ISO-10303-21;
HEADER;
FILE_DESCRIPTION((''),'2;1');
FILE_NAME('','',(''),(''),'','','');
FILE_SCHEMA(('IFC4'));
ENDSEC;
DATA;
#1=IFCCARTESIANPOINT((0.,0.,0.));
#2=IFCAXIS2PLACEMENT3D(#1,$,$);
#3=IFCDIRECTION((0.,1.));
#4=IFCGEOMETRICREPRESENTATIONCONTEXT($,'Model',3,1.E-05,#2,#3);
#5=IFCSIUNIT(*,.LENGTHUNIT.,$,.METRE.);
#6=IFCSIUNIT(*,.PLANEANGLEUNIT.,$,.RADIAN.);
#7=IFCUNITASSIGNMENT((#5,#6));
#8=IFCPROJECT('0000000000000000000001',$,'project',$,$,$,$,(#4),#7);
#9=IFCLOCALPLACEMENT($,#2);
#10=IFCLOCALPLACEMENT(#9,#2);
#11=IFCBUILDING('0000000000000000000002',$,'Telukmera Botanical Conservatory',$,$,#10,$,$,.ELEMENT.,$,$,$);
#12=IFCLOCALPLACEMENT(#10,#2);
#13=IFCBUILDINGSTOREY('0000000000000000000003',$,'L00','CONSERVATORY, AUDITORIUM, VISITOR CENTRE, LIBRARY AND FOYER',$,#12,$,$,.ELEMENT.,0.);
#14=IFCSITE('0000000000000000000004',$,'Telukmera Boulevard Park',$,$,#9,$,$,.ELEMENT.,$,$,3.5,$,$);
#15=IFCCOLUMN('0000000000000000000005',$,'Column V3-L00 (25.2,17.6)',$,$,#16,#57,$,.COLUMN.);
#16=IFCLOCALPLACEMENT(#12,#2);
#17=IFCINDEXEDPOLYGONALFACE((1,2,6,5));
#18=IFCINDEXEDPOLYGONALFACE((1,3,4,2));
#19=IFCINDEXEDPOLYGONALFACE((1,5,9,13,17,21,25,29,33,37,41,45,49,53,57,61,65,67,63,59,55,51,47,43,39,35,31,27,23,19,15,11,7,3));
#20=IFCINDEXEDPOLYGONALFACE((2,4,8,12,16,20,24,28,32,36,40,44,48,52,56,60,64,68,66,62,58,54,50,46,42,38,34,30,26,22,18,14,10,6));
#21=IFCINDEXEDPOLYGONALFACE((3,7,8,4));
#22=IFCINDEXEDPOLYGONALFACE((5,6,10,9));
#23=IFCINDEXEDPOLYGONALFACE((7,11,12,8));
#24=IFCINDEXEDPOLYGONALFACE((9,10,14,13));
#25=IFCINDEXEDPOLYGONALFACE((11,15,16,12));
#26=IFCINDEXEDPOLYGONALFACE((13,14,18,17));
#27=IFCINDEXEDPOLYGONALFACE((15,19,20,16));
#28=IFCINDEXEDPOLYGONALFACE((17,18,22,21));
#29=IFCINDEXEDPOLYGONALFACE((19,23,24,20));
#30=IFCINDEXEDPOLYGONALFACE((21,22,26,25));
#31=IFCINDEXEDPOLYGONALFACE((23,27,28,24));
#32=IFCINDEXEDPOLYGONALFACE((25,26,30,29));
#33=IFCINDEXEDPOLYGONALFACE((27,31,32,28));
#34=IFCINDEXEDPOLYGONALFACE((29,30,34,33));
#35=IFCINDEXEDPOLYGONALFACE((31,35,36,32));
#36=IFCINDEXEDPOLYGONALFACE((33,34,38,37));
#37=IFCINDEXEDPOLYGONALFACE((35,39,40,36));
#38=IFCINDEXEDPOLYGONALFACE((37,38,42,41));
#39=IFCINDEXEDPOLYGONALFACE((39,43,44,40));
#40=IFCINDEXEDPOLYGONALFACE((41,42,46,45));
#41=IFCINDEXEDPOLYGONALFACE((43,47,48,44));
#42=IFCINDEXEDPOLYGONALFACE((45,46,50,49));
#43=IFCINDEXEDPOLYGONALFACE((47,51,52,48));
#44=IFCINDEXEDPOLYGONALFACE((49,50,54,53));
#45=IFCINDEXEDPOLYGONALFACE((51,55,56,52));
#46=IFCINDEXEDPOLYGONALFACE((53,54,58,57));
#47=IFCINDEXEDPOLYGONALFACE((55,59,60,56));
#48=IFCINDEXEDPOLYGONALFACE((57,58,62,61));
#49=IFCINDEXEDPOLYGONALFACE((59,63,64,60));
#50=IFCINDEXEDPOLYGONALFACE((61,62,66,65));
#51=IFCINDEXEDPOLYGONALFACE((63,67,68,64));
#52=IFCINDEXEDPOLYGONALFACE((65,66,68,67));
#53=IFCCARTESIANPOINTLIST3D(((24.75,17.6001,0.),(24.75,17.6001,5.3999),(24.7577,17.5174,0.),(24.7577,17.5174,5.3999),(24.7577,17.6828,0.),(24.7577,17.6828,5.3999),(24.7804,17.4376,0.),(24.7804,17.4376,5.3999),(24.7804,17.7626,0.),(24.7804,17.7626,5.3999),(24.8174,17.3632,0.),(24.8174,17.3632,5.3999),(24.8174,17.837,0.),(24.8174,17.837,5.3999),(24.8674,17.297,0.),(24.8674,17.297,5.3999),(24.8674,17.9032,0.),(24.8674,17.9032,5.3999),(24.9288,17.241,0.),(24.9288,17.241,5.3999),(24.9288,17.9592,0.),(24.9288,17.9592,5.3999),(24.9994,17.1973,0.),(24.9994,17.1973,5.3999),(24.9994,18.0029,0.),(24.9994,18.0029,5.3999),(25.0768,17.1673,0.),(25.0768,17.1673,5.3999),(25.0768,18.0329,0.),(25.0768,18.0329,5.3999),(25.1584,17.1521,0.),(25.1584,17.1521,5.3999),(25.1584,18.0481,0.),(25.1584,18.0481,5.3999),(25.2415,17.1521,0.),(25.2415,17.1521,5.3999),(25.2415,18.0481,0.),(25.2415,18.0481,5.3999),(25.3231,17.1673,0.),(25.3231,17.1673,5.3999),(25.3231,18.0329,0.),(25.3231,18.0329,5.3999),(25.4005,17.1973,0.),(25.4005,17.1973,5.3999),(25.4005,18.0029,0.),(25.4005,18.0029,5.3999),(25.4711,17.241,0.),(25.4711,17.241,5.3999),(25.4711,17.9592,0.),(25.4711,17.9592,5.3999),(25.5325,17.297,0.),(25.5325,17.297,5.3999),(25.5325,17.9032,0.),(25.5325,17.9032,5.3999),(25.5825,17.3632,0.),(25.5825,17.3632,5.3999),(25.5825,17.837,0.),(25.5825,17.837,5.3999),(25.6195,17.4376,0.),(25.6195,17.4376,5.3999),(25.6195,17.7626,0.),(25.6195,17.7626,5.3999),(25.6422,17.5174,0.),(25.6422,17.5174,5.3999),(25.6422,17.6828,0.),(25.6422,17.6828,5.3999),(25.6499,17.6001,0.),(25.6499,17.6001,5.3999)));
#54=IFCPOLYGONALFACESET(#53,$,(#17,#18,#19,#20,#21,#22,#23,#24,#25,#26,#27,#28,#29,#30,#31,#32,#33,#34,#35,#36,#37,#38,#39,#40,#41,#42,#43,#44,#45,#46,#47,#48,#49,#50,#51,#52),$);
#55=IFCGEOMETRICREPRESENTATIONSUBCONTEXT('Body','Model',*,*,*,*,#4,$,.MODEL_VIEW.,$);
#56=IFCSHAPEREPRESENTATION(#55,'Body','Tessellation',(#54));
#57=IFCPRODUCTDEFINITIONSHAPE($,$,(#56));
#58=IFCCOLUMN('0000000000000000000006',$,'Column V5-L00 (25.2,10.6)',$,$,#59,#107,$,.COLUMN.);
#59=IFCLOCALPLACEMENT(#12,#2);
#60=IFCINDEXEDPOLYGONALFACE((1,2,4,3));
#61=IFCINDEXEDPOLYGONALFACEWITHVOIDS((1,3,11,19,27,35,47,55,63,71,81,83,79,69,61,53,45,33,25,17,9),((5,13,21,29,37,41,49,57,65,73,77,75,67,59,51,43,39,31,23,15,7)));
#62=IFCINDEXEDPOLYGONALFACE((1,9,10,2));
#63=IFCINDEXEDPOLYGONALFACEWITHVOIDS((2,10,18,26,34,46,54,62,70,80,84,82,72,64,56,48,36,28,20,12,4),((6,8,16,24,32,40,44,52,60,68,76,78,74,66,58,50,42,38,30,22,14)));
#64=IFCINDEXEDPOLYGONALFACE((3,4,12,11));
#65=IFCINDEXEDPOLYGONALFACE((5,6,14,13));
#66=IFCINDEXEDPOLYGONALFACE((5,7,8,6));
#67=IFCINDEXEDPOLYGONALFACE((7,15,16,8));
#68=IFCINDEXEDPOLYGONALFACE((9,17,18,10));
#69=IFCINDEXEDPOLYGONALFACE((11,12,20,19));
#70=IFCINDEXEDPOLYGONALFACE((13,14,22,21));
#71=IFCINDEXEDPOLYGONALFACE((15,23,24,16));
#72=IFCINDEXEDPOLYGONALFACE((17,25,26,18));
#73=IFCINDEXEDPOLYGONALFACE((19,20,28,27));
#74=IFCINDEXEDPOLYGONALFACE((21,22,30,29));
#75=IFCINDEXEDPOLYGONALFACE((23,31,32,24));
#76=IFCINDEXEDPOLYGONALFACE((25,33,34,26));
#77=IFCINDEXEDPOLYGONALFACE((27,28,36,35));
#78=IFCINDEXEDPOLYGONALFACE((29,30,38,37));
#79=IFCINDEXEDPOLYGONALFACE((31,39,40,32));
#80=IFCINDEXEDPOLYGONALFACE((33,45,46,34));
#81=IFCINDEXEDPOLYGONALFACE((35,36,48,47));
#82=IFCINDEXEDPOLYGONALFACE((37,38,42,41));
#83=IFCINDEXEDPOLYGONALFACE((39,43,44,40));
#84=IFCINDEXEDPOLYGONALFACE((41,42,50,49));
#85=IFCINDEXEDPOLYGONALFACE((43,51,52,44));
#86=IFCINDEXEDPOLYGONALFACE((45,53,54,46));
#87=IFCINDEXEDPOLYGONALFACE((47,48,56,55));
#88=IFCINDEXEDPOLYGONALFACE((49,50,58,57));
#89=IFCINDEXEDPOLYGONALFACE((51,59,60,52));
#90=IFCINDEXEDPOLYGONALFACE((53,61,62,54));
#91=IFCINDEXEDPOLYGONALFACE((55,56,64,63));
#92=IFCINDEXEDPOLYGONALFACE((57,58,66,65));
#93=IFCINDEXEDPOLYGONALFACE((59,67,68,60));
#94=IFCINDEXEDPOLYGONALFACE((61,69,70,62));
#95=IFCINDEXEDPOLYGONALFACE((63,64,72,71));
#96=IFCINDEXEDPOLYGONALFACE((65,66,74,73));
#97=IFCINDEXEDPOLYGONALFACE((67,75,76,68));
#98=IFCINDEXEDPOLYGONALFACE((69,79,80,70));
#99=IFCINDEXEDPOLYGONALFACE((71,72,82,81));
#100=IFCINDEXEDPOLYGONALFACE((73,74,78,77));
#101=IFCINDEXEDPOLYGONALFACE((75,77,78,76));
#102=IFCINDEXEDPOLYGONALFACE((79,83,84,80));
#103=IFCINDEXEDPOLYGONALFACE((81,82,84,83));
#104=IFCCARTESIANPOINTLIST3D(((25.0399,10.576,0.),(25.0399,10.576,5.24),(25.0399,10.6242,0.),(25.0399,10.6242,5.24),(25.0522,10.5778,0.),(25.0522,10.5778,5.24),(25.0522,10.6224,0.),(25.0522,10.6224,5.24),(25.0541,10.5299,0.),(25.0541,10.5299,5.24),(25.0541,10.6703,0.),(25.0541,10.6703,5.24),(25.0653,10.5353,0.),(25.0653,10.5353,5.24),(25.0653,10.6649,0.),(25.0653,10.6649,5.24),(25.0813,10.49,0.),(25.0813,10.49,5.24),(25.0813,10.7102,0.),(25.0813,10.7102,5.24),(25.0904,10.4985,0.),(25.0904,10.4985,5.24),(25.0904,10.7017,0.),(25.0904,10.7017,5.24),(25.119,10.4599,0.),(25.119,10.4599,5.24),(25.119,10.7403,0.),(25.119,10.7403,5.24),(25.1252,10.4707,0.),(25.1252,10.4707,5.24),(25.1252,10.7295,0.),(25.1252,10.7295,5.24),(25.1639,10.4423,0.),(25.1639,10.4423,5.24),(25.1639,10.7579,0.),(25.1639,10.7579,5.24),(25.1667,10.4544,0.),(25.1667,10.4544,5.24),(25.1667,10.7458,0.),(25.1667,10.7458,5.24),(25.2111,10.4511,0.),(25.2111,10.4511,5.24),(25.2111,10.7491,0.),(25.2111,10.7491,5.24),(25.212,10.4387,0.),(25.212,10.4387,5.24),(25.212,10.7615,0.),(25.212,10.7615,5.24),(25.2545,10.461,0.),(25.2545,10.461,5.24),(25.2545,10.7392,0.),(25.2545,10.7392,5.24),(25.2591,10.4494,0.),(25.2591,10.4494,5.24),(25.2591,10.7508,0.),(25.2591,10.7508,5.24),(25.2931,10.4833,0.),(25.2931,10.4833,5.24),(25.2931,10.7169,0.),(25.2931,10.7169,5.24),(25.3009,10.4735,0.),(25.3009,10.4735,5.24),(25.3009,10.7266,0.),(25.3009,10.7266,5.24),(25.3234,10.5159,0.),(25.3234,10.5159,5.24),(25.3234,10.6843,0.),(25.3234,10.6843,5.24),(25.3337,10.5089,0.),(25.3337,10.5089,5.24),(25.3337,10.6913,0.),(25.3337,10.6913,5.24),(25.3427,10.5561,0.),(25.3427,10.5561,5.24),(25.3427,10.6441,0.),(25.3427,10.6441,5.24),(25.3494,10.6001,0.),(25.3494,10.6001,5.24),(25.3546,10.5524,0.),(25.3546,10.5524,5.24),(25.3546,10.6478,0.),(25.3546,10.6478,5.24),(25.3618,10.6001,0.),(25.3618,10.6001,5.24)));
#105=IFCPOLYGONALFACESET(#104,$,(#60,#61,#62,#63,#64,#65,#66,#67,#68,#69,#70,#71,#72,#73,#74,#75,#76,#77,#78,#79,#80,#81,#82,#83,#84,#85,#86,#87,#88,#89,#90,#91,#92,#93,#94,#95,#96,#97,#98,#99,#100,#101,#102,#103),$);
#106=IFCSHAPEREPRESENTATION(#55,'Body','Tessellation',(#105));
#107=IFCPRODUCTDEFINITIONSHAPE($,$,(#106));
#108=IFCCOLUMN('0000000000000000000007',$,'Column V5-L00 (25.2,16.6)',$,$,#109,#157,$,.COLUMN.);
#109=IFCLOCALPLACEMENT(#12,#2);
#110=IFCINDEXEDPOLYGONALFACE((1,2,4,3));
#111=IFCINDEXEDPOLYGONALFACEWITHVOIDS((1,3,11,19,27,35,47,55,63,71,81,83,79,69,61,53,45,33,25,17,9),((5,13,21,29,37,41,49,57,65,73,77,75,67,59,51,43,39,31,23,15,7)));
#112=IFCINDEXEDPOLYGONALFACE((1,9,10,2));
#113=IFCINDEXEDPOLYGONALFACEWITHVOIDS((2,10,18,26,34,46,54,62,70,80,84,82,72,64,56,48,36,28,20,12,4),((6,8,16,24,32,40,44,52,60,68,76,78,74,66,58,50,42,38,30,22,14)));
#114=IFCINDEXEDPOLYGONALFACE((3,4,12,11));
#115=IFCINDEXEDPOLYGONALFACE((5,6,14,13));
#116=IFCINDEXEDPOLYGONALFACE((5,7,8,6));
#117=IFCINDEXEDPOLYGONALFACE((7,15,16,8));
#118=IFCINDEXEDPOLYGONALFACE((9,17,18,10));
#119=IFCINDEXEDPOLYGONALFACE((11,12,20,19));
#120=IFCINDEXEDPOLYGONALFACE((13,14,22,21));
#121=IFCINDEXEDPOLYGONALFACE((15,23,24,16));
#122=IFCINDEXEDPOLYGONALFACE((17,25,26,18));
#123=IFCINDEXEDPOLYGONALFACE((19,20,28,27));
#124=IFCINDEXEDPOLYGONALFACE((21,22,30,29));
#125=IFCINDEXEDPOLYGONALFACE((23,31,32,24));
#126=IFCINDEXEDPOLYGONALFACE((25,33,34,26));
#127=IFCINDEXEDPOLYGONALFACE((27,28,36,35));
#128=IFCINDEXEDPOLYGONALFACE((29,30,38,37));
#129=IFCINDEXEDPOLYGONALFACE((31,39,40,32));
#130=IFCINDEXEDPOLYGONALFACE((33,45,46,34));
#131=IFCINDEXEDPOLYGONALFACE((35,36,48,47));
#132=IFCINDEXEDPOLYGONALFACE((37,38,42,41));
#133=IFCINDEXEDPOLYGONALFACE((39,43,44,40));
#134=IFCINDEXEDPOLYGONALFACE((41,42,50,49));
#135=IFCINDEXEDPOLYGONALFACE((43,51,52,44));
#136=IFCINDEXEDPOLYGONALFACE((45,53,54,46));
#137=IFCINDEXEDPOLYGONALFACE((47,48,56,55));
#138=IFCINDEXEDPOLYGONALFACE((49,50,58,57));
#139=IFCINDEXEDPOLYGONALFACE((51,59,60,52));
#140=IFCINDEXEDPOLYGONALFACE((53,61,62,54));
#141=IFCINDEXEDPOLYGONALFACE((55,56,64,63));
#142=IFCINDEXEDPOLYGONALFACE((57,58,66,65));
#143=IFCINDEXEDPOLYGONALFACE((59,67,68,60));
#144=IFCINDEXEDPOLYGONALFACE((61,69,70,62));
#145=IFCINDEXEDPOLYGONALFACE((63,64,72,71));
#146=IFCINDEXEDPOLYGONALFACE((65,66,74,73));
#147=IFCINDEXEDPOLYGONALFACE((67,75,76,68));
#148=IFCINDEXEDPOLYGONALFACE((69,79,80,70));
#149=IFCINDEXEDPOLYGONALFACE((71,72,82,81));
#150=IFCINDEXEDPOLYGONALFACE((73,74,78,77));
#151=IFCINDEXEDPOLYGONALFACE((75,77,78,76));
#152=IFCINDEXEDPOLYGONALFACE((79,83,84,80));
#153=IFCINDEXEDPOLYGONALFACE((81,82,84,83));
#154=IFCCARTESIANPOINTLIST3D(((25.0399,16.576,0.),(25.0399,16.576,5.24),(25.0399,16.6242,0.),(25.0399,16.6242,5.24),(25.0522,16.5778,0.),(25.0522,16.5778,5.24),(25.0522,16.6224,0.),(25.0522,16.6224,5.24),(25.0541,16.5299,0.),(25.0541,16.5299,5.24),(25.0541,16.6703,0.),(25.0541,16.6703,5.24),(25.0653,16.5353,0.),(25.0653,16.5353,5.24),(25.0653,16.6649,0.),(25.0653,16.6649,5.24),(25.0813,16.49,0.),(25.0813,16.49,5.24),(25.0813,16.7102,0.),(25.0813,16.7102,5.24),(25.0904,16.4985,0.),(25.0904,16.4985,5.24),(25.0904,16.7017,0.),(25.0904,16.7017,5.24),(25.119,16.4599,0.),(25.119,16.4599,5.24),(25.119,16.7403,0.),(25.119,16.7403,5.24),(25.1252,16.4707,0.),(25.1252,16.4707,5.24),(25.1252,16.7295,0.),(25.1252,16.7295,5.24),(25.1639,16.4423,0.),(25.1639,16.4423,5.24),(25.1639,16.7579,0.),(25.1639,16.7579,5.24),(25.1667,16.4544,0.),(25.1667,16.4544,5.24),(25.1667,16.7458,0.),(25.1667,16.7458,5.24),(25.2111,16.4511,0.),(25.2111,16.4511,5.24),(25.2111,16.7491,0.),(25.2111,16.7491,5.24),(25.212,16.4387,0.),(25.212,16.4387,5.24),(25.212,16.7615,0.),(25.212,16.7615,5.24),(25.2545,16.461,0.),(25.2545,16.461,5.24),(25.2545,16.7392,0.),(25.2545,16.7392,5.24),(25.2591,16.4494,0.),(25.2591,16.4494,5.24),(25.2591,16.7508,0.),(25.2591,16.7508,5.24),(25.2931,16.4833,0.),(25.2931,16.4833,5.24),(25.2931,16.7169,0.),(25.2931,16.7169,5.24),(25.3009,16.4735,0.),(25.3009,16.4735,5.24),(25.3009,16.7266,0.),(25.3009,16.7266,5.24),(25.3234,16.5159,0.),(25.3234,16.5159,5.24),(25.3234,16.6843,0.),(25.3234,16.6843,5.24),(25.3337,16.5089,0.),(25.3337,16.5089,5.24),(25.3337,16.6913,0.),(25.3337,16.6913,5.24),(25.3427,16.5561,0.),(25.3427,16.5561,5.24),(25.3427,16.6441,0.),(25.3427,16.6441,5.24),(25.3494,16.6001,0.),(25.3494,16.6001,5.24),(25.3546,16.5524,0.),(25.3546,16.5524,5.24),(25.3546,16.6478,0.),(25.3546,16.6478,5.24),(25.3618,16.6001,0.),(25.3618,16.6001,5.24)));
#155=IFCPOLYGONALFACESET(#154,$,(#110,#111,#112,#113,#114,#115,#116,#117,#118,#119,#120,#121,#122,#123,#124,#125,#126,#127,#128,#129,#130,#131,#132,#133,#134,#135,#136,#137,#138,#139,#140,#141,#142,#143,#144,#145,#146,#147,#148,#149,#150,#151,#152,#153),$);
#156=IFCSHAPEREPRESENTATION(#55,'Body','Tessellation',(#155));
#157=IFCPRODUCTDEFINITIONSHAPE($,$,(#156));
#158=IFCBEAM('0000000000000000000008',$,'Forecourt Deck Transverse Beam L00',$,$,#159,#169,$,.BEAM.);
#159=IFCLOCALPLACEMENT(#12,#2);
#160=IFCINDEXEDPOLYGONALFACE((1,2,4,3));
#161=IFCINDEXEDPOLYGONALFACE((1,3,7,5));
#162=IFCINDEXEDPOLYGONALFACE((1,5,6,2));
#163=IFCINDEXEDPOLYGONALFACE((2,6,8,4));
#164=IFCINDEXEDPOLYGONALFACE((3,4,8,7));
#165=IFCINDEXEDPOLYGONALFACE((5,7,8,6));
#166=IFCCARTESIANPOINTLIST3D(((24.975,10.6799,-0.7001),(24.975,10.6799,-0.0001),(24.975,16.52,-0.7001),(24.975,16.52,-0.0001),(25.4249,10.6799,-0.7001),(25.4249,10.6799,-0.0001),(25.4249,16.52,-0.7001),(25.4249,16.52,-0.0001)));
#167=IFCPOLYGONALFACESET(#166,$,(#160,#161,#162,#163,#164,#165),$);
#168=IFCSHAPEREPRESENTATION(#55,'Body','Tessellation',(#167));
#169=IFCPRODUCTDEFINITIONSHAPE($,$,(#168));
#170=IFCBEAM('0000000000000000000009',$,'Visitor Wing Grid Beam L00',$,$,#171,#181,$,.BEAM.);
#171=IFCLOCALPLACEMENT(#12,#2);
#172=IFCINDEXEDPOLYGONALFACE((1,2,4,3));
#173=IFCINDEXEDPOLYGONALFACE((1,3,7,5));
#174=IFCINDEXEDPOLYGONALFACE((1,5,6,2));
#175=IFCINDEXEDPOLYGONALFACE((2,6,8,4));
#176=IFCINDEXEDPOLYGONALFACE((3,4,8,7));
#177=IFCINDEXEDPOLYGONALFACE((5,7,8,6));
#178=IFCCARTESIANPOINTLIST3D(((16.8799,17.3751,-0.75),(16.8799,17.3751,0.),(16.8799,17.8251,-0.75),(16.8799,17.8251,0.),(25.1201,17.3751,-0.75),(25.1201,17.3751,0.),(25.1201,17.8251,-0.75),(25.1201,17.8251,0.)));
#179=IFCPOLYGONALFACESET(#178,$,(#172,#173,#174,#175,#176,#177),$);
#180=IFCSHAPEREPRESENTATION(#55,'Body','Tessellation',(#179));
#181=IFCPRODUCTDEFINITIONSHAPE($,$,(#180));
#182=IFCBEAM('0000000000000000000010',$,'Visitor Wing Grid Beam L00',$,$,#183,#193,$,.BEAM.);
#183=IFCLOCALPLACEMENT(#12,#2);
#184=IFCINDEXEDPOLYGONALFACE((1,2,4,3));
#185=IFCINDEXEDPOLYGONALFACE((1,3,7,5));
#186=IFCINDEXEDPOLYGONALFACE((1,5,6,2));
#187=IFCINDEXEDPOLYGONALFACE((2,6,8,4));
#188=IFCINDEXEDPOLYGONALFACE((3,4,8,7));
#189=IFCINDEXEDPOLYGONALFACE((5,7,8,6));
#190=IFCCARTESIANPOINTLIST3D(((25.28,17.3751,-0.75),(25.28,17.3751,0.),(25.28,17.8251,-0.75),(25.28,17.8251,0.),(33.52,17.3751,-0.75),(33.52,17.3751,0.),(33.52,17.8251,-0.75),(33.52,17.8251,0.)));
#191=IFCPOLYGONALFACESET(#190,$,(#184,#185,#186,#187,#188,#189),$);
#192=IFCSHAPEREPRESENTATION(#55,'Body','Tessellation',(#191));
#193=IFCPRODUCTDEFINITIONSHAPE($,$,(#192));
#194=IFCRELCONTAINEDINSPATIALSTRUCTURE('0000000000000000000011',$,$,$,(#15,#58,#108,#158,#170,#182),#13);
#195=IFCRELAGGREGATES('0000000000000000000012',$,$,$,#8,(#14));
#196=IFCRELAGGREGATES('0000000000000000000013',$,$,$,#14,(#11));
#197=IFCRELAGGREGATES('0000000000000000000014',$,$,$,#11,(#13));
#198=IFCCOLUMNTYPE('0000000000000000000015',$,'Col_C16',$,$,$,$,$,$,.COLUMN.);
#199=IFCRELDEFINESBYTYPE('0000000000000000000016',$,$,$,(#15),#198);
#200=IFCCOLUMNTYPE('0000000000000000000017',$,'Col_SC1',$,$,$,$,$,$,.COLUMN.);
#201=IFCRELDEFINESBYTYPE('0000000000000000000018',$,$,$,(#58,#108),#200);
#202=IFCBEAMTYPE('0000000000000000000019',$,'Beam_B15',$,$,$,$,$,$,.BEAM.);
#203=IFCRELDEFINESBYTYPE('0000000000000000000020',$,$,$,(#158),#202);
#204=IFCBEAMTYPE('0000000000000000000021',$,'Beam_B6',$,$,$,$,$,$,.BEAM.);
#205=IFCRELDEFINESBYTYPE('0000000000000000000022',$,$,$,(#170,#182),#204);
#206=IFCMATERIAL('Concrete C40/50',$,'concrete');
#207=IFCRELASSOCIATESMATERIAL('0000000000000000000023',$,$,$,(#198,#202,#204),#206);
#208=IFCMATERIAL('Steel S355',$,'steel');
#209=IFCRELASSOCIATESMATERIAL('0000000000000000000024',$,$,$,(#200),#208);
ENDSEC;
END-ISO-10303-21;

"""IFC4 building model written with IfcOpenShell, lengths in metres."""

from ifc_helpers import new_model, si_unit, direction, frame, origin, origin_2d, place, context, subcontext, project, spatial, rectangle, circle, hollow_circle, extrude, material, material_profile, profile_set, type_object, element, save


model = new_model("IFC4")

# Units and contexts
model_context = context("Model", 3, precision=1e-05, world=origin(), true_north=direction((0.0, 1.0)))
body_context = subcontext(model_context, "Body", "Model", "MODEL_VIEW")
ifc_project = project(units=[si_unit("LENGTHUNIT", "METRE"), si_unit("PLANEANGLEUNIT", "RADIAN")], contexts=[model_context])

# Site, building, storey
site_placement = place(None, origin())
site = spatial("IfcSite", under=ifc_project, at=site_placement, Name="Telukmera Boulevard Park", CompositionType="ELEMENT", RefElevation=3.5)
building_placement = place(site_placement, origin())
building = spatial("IfcBuilding", under=site, at=building_placement, Name="Telukmera Botanical Conservatory", CompositionType="ELEMENT")
storey_placement = place(building_placement, origin())
storey = spatial("IfcBuildingStorey", under=building, at=storey_placement, Name="L00", Description="CONSERVATORY, AUDITORIUM, VISITOR CENTRE, LIBRARY AND FOYER", CompositionType="ELEMENT", Elevation=0.0)

# Columns
ifc_material_1 = material(Name="Concrete C40/50", Category="concrete")
ifc_material_profile_1 = material_profile(ifc_material_1, circle(Radius=0.45, at=origin_2d()), Name="RC D900")
ifc_profile_set_1 = profile_set([ifc_material_profile_1], Name="Concrete C40/50")
column_type_1 = type_object("IfcColumnType", Name="Col_C16", PredefinedType="COLUMN", material=ifc_profile_set_1)
column_placement = place(storey_placement, frame((25.2, 17.6001, 0.0), z_axis=(0.0, 0.0, 1.0), x_axis=(1.0, 0.0, 0.0)))
element("IfcColumn", 1, at=column_placement, inside=storey, type_object=column_type_1, Name="Column V3-L00 (25.2,17.6)", PredefinedType="COLUMN", context=body_context, shape_type="SweptSolid", body=[
    extrude(circle(Radius=0.45, at=origin_2d()), origin(), (0.0, 0.0, 1.0), 5.3999),
])
ifc_material_2 = material(Name="Steel S355", Category="steel")
ifc_material_profile_2 = material_profile(ifc_material_2, hollow_circle(Radius=0.1619, WallThickness=0.0125, at=origin_2d()), Name="CHS 323.9x12.5")
ifc_profile_set_2 = profile_set([ifc_material_profile_2], Name="Steel S355")
column_type_2 = type_object("IfcColumnType", Name="Col_SC1", PredefinedType="COLUMN", material=ifc_profile_set_2)
for number, where, z_axis, x_axis, name in (
    (2, (25.2, 10.6001, 0.0), (0.0, 0.0, 1.0), (1.0, 0.0, 0.0), "Column V5-L00 (25.2,10.6)"),
    (3, (25.2, 16.6001, 0.0), (0.0, 0.0, 1.0), (1.0, 0.0, 0.0), "Column V5-L00 (25.2,16.6)"),
):
    element("IfcColumn", number, at=place(storey_placement, frame(where, z_axis=z_axis, x_axis=x_axis)), inside=storey, type_object=column_type_2, Name=name, PredefinedType="COLUMN", context=body_context, shape_type="SweptSolid", body=[
        extrude(hollow_circle(Radius=0.1619, WallThickness=0.0125, at=origin_2d()), origin(), (0.0, 0.0, 1.0), 5.24),
    ])

# Beams
ifc_material_profile_3 = material_profile(ifc_material_1, rectangle(XDim=0.45, YDim=0.7, at=origin_2d()), Name="RC 450x700")
ifc_profile_set_3 = profile_set([ifc_material_profile_3], Name="Concrete C40/50")
beam_type_1 = type_object("IfcBeamType", Name="Beam_B15", PredefinedType="BEAM", material=ifc_profile_set_3)
beam_1_placement = place(storey_placement, frame((25.2, 10.6799, -0.3501), z_axis=(0.0, 1.0, 0.0), x_axis=(-1.0, 0.0, 0.0)))
element("IfcBeam", 4, at=beam_1_placement, inside=storey, type_object=beam_type_1, Name="Forecourt Deck Transverse Beam L00", PredefinedType="BEAM", context=body_context, shape_type="SweptSolid", body=[
    extrude(rectangle(XDim=0.45, YDim=0.7, at=origin_2d()), origin(), (0.0, 0.0, 1.0), 5.8401),
])
ifc_material_profile_4 = material_profile(ifc_material_1, rectangle(XDim=0.45, YDim=0.75, at=origin_2d()), Name="RC 450x750")
ifc_profile_set_4 = profile_set([ifc_material_profile_4], Name="Concrete C40/50")
beam_type_2 = type_object("IfcBeamType", Name="Beam_B6", PredefinedType="BEAM", material=ifc_profile_set_4)
beam_2_placement = place(storey_placement, frame((16.8799, 17.6001, -0.375), z_axis=(1.0, 0.0, 0.0), x_axis=(0.0, 1.0, 0.0)))
element("IfcBeam", 5, at=beam_2_placement, inside=storey, type_object=beam_type_2, Name="Visitor Wing Grid Beam L00", PredefinedType="BEAM", context=body_context, shape_type="SweptSolid", body=[
    extrude(rectangle(XDim=0.45, YDim=0.75, at=origin_2d()), origin(), (0.0, 0.0, 1.0), 8.2402),
])
beam_3_placement = place(storey_placement, frame((25.28, 17.6001, -0.375), z_axis=(1.0, 0.0, 0.0), x_axis=(0.0, 1.0, 0.0)))
element("IfcBeam", 6, at=beam_3_placement, inside=storey, type_object=beam_type_2, Name="Visitor Wing Grid Beam L00", PredefinedType="BEAM", context=body_context, shape_type="SweptSolid", body=[
    extrude(rectangle(XDim=0.45, YDim=0.75, at=origin_2d()), origin(), (0.0, 0.0, 1.0), 8.24),
])

save(model, "model.ifc")
